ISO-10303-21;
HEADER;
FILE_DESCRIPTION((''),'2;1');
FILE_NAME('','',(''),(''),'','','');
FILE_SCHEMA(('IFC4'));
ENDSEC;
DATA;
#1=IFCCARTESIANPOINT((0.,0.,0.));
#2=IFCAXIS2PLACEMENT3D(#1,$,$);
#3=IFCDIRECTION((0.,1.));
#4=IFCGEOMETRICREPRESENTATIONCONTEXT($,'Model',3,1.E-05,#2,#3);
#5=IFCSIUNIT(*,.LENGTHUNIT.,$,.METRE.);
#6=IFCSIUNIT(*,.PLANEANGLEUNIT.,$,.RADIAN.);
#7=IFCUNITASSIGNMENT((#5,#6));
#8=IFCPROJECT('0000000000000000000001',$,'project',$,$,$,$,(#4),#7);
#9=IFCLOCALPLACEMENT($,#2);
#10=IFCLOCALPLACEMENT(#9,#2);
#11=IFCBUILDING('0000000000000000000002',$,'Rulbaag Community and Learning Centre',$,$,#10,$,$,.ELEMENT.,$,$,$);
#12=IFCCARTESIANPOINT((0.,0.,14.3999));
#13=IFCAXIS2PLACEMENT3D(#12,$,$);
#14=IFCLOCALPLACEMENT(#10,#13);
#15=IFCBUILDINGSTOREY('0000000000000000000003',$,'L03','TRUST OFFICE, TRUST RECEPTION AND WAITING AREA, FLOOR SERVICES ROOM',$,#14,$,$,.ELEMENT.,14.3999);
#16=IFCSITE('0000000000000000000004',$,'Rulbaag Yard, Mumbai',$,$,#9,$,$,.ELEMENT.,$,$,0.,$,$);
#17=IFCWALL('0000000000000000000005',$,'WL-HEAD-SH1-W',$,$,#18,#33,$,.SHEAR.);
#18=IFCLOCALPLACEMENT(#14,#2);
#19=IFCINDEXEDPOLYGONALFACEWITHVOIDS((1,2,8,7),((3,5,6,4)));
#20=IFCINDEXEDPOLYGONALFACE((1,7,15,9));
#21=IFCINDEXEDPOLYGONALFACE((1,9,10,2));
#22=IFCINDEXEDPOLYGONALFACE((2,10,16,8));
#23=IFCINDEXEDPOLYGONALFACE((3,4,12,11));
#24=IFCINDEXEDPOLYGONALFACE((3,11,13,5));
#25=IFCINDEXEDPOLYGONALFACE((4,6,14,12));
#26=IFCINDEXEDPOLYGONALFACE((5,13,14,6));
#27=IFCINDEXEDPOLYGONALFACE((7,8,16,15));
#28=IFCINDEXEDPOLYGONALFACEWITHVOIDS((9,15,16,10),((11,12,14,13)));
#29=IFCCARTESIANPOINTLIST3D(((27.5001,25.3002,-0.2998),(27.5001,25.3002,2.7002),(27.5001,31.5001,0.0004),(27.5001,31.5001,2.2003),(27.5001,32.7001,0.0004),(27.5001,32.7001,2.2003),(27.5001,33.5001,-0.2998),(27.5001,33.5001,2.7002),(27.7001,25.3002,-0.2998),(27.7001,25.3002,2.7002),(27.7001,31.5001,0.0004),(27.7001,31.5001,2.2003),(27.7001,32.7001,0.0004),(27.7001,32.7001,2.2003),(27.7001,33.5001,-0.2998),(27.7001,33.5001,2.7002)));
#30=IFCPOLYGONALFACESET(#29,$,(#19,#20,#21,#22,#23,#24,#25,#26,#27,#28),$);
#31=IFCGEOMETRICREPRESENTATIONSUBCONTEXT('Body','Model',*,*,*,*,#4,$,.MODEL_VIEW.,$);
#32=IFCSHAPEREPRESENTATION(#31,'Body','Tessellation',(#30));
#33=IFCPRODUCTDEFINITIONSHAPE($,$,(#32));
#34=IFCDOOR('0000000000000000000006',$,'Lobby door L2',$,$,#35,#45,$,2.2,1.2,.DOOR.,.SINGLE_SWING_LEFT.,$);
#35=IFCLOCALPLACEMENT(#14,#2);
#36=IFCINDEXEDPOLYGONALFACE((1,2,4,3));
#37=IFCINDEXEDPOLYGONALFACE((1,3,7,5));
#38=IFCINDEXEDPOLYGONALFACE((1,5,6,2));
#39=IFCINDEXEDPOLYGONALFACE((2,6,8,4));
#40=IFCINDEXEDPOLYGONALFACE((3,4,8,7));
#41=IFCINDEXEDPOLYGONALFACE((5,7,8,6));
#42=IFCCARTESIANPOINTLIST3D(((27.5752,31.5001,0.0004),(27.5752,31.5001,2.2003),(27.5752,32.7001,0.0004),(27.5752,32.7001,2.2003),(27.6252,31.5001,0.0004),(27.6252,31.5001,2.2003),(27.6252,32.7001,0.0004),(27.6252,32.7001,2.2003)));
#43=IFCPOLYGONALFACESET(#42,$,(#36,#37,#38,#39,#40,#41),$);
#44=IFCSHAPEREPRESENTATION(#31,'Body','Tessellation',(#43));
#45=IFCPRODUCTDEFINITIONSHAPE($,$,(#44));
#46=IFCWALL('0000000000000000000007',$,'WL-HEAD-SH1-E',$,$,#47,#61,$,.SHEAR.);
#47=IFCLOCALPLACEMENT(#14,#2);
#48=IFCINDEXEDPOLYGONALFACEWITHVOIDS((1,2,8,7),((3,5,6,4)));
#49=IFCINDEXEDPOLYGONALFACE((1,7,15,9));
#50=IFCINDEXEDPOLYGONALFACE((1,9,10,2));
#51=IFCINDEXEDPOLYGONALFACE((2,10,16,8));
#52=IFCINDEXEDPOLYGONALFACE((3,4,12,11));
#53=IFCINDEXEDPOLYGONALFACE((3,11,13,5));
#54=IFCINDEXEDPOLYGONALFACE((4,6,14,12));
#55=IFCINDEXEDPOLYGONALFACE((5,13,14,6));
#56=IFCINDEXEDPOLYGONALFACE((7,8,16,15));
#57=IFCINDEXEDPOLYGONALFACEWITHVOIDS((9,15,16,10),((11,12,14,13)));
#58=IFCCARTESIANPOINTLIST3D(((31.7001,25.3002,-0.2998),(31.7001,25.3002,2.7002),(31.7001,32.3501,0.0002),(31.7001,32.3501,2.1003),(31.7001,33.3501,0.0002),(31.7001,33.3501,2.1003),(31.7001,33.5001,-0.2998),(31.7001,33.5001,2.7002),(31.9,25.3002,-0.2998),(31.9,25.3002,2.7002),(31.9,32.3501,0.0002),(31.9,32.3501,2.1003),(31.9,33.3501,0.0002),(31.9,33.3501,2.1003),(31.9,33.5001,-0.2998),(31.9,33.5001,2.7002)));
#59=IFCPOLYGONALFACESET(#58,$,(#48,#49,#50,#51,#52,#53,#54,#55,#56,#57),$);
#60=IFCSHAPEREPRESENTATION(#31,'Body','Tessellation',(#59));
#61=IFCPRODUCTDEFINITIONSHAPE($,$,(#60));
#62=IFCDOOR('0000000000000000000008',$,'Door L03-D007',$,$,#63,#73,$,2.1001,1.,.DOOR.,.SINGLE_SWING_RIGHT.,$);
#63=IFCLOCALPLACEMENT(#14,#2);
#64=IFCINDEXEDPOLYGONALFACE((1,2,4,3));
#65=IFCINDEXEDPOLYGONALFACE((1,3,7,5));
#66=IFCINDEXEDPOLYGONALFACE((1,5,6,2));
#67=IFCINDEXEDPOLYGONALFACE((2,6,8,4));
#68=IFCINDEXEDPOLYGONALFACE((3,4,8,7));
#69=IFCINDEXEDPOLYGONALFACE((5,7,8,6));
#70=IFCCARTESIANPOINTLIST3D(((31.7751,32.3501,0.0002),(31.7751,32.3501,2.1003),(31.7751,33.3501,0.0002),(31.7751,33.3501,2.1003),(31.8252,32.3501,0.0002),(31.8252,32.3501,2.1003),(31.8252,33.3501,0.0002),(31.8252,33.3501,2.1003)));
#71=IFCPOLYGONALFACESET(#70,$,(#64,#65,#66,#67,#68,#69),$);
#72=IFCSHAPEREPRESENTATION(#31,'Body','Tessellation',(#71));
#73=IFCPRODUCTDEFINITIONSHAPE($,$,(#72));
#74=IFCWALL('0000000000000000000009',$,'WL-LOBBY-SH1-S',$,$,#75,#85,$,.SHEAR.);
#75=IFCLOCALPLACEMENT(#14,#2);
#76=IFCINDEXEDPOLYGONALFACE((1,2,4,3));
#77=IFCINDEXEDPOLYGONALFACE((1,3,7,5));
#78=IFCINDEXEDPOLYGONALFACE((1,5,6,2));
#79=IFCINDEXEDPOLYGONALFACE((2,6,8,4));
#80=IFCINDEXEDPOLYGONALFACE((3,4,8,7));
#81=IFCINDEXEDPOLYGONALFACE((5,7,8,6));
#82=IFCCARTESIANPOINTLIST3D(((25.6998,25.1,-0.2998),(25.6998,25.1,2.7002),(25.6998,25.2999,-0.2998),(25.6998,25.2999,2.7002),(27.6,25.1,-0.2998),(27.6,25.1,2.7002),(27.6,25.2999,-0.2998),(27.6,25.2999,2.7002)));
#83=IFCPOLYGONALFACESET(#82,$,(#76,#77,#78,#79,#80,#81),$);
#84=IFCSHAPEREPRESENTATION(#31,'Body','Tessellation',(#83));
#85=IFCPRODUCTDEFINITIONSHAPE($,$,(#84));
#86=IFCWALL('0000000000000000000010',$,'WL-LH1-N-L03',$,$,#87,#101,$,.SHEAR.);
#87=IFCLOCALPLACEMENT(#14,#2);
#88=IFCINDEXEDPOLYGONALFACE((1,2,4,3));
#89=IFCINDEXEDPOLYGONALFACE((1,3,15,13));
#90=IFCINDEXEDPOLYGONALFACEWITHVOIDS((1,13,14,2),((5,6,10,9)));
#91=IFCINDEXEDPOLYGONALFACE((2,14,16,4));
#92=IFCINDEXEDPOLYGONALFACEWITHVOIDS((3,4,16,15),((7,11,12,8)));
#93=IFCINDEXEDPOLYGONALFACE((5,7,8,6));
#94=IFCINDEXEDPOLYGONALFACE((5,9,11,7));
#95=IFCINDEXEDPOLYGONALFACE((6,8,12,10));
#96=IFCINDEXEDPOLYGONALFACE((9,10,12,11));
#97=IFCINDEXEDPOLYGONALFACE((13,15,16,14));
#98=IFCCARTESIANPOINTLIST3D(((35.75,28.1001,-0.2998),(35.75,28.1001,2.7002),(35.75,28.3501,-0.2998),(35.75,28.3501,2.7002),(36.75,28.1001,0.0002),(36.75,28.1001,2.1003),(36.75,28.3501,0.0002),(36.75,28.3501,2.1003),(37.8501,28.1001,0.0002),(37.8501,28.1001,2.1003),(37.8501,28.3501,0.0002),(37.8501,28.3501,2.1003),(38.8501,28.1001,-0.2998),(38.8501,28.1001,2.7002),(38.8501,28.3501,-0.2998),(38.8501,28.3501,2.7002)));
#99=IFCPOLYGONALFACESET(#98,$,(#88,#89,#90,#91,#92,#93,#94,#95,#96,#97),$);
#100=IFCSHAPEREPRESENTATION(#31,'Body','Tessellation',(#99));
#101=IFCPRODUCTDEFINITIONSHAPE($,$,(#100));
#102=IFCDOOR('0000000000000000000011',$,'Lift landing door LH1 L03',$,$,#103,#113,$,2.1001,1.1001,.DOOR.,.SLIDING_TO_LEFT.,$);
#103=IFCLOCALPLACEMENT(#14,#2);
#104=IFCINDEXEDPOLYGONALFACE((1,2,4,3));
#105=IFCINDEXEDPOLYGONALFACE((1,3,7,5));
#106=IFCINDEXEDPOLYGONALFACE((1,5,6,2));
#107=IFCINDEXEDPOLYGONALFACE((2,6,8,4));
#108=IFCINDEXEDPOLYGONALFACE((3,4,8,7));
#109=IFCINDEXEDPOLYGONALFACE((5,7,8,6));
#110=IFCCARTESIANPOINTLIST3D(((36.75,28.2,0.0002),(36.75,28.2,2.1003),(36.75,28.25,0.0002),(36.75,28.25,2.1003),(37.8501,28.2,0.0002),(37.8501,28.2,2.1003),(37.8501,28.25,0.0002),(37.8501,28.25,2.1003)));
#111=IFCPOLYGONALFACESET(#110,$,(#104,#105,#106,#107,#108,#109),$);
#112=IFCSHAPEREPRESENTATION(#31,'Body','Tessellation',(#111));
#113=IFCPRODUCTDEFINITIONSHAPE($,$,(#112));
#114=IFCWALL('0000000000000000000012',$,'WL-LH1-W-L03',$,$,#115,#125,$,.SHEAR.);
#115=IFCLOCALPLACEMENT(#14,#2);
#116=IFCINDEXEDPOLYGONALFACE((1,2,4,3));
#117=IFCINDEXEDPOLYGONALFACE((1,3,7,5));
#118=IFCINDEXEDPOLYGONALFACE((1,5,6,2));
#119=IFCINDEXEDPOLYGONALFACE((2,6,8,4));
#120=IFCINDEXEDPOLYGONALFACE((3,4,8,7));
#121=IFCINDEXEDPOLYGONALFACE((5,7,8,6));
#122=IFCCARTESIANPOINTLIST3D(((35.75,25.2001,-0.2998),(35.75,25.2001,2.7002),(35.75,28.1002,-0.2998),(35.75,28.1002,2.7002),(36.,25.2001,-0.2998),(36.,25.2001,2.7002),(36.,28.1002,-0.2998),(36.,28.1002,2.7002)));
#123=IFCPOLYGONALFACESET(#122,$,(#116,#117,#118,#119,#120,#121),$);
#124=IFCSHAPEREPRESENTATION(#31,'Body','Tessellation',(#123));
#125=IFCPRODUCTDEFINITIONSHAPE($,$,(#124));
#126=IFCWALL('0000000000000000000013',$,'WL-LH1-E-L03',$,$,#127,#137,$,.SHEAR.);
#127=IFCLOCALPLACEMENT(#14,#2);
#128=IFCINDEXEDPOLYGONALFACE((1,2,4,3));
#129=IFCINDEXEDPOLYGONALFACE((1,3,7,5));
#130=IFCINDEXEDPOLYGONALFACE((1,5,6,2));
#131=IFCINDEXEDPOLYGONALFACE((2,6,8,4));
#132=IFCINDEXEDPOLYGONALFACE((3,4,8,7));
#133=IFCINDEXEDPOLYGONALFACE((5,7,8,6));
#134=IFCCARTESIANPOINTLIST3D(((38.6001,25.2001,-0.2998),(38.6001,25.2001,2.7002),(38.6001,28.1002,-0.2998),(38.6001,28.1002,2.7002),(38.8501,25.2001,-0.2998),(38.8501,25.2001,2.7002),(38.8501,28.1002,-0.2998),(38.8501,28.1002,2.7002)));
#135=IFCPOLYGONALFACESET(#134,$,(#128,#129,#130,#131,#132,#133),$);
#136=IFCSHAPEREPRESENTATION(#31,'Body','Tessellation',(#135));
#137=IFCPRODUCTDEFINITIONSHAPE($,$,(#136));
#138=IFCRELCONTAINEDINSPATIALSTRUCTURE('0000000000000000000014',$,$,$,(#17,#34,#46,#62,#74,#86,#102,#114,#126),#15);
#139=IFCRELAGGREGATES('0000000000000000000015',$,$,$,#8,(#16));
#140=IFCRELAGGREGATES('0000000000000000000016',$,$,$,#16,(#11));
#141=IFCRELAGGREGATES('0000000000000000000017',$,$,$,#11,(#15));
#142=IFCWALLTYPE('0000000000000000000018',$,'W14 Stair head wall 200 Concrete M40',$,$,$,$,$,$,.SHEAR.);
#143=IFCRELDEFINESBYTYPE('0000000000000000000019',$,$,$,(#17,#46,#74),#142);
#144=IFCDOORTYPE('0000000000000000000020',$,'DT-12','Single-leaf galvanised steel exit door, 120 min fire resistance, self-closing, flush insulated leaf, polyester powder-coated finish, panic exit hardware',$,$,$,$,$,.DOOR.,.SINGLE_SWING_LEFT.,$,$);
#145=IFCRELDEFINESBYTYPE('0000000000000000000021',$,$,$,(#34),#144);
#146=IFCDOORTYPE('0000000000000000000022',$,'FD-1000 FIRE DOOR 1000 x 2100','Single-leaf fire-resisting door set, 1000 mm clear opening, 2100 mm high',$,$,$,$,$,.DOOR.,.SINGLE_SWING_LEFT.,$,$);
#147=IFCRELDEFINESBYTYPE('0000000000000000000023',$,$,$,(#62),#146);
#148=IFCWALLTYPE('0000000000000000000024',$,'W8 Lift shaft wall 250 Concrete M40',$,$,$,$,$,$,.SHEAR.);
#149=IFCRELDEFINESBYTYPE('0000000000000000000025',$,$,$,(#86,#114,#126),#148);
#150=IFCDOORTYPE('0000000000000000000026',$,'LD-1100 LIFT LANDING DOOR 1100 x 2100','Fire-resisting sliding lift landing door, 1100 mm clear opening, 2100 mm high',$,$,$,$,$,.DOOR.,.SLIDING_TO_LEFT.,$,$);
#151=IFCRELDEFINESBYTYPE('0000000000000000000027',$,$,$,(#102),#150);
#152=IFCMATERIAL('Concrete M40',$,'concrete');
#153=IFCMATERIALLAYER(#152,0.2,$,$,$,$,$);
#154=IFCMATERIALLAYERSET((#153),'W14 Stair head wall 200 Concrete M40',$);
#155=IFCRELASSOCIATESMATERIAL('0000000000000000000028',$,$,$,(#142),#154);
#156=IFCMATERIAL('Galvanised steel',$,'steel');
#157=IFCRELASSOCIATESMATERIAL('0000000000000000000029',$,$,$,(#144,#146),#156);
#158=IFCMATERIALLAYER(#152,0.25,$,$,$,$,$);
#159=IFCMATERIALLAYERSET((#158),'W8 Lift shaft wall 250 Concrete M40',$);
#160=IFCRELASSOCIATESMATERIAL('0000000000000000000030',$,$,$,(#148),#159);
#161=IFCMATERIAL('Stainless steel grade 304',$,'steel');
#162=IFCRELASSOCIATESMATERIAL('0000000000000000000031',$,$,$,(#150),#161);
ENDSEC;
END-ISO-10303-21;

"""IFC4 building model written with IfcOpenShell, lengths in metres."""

from ifc_helpers import new_model, si_unit, direction, frame, frame_2d, origin, place, context, subcontext, project, spatial, rectangle, extrude, material, layer, layer_set, type_object, element, fill, save


model = new_model("IFC4")

# Units and contexts
model_context = context("Model", 3, precision=1e-05, world=origin(), true_north=direction((0.0, 1.0)))
body_context = subcontext(model_context, "Body", "Model", "MODEL_VIEW")
ifc_project = project(units=[si_unit("LENGTHUNIT", "METRE"), si_unit("PLANEANGLEUNIT", "RADIAN")], contexts=[model_context])

# Site, building, storey
site_placement = place(None, origin())
site = spatial("IfcSite", under=ifc_project, at=site_placement, Name="Rulbaag Yard, Mumbai", CompositionType="ELEMENT", RefElevation=0.0)
building_placement = place(site_placement, origin())
building = spatial("IfcBuilding", under=site, at=building_placement, Name="Rulbaag Community and Learning Centre", CompositionType="ELEMENT")
storey_placement = place(building_placement, frame((0.0, 0.0, 14.3999)))
storey = spatial("IfcBuildingStorey", under=building, at=storey_placement, Name="L03", Description="TRUST OFFICE, TRUST RECEPTION AND WAITING AREA, FLOOR SERVICES ROOM", CompositionType="ELEMENT", Elevation=14.3999)

# Shared definitions
ifc_material_1 = material(Name="Concrete M40", Category="concrete")

# Walls, openings, doors
ifc_material_2 = material(Name="Galvanised steel", Category="steel")
ifc_layer_1 = layer(ifc_material_1, 0.2)
ifc_layer_set_1 = layer_set([ifc_layer_1], Name="W14 Stair head wall 200 Concrete M40")
wall_type_1 = type_object("IfcWallType", Name="W14 Stair head wall 200 Concrete M40", PredefinedType="SHEAR", material=ifc_layer_set_1)
wall_1_placement = place(storey_placement, frame((27.6001, 25.3, -0.2998), z_axis=(0.0, 0.0, 1.0), x_axis=(0.0, 1.0, 0.0)))
wall_1 = element("IfcWall", 1, at=wall_1_placement, inside=storey, type_object=wall_type_1, Name="WL-HEAD-SH1-W", PredefinedType="SHEAR", context=body_context, shape_type="SweptSolid", body=[
    extrude(rectangle(XDim=8.2, YDim=0.2, at=frame_2d((4.1001, 0.0))), origin(), (0.0, 0.0, 1.0), 3.0),
])
opening_1_placement = place(wall_1_placement, frame((6.2, 0.0, 0.3)))
opening_1 = element("IfcOpeningElement", 2, at=opening_1_placement, cuts=wall_1, PredefinedType="OPENING", context=body_context, shape_type="SweptSolid", body=[
    extrude(rectangle(XDim=1.2, YDim=2.2, at=frame_2d((0.6001, 1.1001))), frame((0.0, 0.1099, 0.0), z_axis=(0.0, -1.0, 0.0), x_axis=(1.0, 0.0, 0.0)), (0.0, 0.0, 1.0), 0.22),
])
door_type_1 = type_object("IfcDoorType", Name="DT-12", Description="Single-leaf galvanised steel exit door, 120 min fire resistance, self-closing, flush insulated leaf, polyester powder-coated finish, panic exit hardware", OperationType="SINGLE_SWING_LEFT", PredefinedType="DOOR", material=ifc_material_2)
door_1_placement = place(opening_1_placement, origin())
door_1 = element("IfcDoor", 3, at=door_1_placement, inside=storey, type_object=door_type_1, Name="Lobby door L2", OperationType="SINGLE_SWING_LEFT", OverallHeight=2.2, OverallWidth=1.2, PredefinedType="DOOR", context=body_context, shape_type="SweptSolid", body=[
    extrude(rectangle(XDim=1.2, YDim=2.2, at=frame_2d((0.6001, 1.1001))), frame((0.0, 0.0249, 0.0), z_axis=(0.0, -1.0, 0.0), x_axis=(1.0, 0.0, 0.0)), (0.0, 0.0, 1.0), 0.05),
])
fill(opening_1, door_1)
wall_2_placement = place(storey_placement, frame((31.8, 25.3, -0.2998), z_axis=(0.0, 0.0, 1.0), x_axis=(0.0, 1.0, 0.0)))
wall_2 = element("IfcWall", 4, at=wall_2_placement, inside=storey, type_object=wall_type_1, Name="WL-HEAD-SH1-E", PredefinedType="SHEAR", context=body_context, shape_type="SweptSolid", body=[
    extrude(rectangle(XDim=8.2, YDim=0.2, at=frame_2d((4.1001, 0.0))), origin(), (0.0, 0.0, 1.0), 3.0),
])
opening_2_placement = place(wall_2_placement, frame((7.05, 0.0, 0.3)))
opening_2 = element("IfcOpeningElement", 5, at=opening_2_placement, cuts=wall_2, PredefinedType="OPENING", context=body_context, shape_type="SweptSolid", body=[
    extrude(rectangle(XDim=1.0, YDim=2.1001, at=frame_2d((0.5, 1.05))), frame((0.0, 0.1099, 0.0), z_axis=(0.0, -1.0, 0.0), x_axis=(1.0, 0.0, 0.0)), (0.0, 0.0, 1.0), 0.22),
])
door_type_2 = type_object("IfcDoorType", Name="FD-1000 FIRE DOOR 1000 x 2100", Description="Single-leaf fire-resisting door set, 1000 mm clear opening, 2100 mm high", OperationType="SINGLE_SWING_LEFT", PredefinedType="DOOR", material=ifc_material_2)
door_2_placement = place(opening_2_placement, origin())
door_2 = element("IfcDoor", 6, at=door_2_placement, inside=storey, type_object=door_type_2, Name="Door L03-D007", OperationType="SINGLE_SWING_RIGHT", OverallHeight=2.1001, OverallWidth=1.0, PredefinedType="DOOR", context=body_context, shape_type="SweptSolid", body=[
    extrude(rectangle(XDim=1.0, YDim=2.1001, at=frame_2d((0.5, 1.05))), frame((0.0, 0.0249, 0.0), z_axis=(0.0, -1.0, 0.0), x_axis=(1.0, 0.0, 0.0)), (0.0, 0.0, 1.0), 0.05),
])
fill(opening_2, door_2)

# Wall
wall_3_placement = place(storey_placement, frame((27.6001, 25.2, -0.2998), z_axis=(0.0, 0.0, 1.0), x_axis=(-1.0, 0.0, 0.0)))
element("IfcWall", 7, at=wall_3_placement, inside=storey, type_object=wall_type_1, Name="WL-LOBBY-SH1-S", PredefinedType="SHEAR", context=body_context, shape_type="SweptSolid", body=[
    extrude(rectangle(XDim=1.9001, YDim=0.2, at=frame_2d((0.9502, 0.0))), origin(), (0.0, 0.0, 1.0), 3.0),
])

# Wall, opening, door
ifc_layer_2 = layer(ifc_material_1, 0.25)
ifc_layer_set_2 = layer_set([ifc_layer_2], Name="W8 Lift shaft wall 250 Concrete M40")
wall_type_2 = type_object("IfcWallType", Name="W8 Lift shaft wall 250 Concrete M40", PredefinedType="SHEAR", material=ifc_layer_set_2)
wall_4_placement = place(storey_placement, frame((35.75, 28.2251, -0.2998), z_axis=(0.0, 0.0, 1.0), x_axis=(1.0, 0.0, 0.0)))
wall_4 = element("IfcWall", 8, at=wall_4_placement, inside=storey, type_object=wall_type_2, Name="WL-LH1-N-L03", PredefinedType="SHEAR", context=body_context, shape_type="SweptSolid", body=[
    extrude(rectangle(XDim=3.1001, YDim=0.25, at=frame_2d((1.55, 0.0))), origin(), (0.0, 0.0, 1.0), 3.0),
])
opening_3_placement = place(wall_4_placement, frame((1.0, 0.0, 0.3)))
opening_3 = element("IfcOpeningElement", 9, at=opening_3_placement, cuts=wall_4, PredefinedType="OPENING", context=body_context, shape_type="SweptSolid", body=[
    extrude(rectangle(XDim=1.1001, YDim=2.1001, at=frame_2d((0.55, 1.05))), frame((0.0, 0.135, 0.0), z_axis=(0.0, -1.0, 0.0), x_axis=(1.0, 0.0, 0.0)), (0.0, 0.0, 1.0), 0.27),
])
ifc_material_3 = material(Name="Stainless steel grade 304", Category="steel")
door_type_3 = type_object("IfcDoorType", Name="LD-1100 LIFT LANDING DOOR 1100 x 2100", Description="Fire-resisting sliding lift landing door, 1100 mm clear opening, 2100 mm high", OperationType="SLIDING_TO_LEFT", PredefinedType="DOOR", material=ifc_material_3)
door_3_placement = place(opening_3_placement, origin())
door_3 = element("IfcDoor", 10, at=door_3_placement, inside=storey, type_object=door_type_3, Name="Lift landing door LH1 L03", OperationType="SLIDING_TO_LEFT", OverallHeight=2.1001, OverallWidth=1.1001, PredefinedType="DOOR", context=body_context, shape_type="SweptSolid", body=[
    extrude(rectangle(XDim=1.1001, YDim=2.1001, at=frame_2d((0.55, 1.05))), frame((0.0, 0.0249, 0.0), z_axis=(0.0, -1.0, 0.0), x_axis=(1.0, 0.0, 0.0)), (0.0, 0.0, 1.0), 0.05),
])
fill(opening_3, door_3)

# Walls
for number, where, z_axis, x_axis, name in (
    (11, (35.875, 25.2, -0.2998), (0.0, 0.0, 1.0), (0.0, 1.0, 0.0), "WL-LH1-W-L03"),
    (12, (38.7251, 25.2, -0.2998), (0.0, 0.0, 1.0), (0.0, 1.0, 0.0), "WL-LH1-E-L03"),
):
    element("IfcWall", number, at=place(storey_placement, frame(where, z_axis=z_axis, x_axis=x_axis)), inside=storey, type_object=wall_type_2, Name=name, PredefinedType="SHEAR", context=body_context, shape_type="SweptSolid", body=[
        extrude(rectangle(XDim=2.9001, YDim=0.25, at=frame_2d((1.4502, 0.0))), origin(), (0.0, 0.0, 1.0), 3.0),
    ])

save(model, "model.ifc")
